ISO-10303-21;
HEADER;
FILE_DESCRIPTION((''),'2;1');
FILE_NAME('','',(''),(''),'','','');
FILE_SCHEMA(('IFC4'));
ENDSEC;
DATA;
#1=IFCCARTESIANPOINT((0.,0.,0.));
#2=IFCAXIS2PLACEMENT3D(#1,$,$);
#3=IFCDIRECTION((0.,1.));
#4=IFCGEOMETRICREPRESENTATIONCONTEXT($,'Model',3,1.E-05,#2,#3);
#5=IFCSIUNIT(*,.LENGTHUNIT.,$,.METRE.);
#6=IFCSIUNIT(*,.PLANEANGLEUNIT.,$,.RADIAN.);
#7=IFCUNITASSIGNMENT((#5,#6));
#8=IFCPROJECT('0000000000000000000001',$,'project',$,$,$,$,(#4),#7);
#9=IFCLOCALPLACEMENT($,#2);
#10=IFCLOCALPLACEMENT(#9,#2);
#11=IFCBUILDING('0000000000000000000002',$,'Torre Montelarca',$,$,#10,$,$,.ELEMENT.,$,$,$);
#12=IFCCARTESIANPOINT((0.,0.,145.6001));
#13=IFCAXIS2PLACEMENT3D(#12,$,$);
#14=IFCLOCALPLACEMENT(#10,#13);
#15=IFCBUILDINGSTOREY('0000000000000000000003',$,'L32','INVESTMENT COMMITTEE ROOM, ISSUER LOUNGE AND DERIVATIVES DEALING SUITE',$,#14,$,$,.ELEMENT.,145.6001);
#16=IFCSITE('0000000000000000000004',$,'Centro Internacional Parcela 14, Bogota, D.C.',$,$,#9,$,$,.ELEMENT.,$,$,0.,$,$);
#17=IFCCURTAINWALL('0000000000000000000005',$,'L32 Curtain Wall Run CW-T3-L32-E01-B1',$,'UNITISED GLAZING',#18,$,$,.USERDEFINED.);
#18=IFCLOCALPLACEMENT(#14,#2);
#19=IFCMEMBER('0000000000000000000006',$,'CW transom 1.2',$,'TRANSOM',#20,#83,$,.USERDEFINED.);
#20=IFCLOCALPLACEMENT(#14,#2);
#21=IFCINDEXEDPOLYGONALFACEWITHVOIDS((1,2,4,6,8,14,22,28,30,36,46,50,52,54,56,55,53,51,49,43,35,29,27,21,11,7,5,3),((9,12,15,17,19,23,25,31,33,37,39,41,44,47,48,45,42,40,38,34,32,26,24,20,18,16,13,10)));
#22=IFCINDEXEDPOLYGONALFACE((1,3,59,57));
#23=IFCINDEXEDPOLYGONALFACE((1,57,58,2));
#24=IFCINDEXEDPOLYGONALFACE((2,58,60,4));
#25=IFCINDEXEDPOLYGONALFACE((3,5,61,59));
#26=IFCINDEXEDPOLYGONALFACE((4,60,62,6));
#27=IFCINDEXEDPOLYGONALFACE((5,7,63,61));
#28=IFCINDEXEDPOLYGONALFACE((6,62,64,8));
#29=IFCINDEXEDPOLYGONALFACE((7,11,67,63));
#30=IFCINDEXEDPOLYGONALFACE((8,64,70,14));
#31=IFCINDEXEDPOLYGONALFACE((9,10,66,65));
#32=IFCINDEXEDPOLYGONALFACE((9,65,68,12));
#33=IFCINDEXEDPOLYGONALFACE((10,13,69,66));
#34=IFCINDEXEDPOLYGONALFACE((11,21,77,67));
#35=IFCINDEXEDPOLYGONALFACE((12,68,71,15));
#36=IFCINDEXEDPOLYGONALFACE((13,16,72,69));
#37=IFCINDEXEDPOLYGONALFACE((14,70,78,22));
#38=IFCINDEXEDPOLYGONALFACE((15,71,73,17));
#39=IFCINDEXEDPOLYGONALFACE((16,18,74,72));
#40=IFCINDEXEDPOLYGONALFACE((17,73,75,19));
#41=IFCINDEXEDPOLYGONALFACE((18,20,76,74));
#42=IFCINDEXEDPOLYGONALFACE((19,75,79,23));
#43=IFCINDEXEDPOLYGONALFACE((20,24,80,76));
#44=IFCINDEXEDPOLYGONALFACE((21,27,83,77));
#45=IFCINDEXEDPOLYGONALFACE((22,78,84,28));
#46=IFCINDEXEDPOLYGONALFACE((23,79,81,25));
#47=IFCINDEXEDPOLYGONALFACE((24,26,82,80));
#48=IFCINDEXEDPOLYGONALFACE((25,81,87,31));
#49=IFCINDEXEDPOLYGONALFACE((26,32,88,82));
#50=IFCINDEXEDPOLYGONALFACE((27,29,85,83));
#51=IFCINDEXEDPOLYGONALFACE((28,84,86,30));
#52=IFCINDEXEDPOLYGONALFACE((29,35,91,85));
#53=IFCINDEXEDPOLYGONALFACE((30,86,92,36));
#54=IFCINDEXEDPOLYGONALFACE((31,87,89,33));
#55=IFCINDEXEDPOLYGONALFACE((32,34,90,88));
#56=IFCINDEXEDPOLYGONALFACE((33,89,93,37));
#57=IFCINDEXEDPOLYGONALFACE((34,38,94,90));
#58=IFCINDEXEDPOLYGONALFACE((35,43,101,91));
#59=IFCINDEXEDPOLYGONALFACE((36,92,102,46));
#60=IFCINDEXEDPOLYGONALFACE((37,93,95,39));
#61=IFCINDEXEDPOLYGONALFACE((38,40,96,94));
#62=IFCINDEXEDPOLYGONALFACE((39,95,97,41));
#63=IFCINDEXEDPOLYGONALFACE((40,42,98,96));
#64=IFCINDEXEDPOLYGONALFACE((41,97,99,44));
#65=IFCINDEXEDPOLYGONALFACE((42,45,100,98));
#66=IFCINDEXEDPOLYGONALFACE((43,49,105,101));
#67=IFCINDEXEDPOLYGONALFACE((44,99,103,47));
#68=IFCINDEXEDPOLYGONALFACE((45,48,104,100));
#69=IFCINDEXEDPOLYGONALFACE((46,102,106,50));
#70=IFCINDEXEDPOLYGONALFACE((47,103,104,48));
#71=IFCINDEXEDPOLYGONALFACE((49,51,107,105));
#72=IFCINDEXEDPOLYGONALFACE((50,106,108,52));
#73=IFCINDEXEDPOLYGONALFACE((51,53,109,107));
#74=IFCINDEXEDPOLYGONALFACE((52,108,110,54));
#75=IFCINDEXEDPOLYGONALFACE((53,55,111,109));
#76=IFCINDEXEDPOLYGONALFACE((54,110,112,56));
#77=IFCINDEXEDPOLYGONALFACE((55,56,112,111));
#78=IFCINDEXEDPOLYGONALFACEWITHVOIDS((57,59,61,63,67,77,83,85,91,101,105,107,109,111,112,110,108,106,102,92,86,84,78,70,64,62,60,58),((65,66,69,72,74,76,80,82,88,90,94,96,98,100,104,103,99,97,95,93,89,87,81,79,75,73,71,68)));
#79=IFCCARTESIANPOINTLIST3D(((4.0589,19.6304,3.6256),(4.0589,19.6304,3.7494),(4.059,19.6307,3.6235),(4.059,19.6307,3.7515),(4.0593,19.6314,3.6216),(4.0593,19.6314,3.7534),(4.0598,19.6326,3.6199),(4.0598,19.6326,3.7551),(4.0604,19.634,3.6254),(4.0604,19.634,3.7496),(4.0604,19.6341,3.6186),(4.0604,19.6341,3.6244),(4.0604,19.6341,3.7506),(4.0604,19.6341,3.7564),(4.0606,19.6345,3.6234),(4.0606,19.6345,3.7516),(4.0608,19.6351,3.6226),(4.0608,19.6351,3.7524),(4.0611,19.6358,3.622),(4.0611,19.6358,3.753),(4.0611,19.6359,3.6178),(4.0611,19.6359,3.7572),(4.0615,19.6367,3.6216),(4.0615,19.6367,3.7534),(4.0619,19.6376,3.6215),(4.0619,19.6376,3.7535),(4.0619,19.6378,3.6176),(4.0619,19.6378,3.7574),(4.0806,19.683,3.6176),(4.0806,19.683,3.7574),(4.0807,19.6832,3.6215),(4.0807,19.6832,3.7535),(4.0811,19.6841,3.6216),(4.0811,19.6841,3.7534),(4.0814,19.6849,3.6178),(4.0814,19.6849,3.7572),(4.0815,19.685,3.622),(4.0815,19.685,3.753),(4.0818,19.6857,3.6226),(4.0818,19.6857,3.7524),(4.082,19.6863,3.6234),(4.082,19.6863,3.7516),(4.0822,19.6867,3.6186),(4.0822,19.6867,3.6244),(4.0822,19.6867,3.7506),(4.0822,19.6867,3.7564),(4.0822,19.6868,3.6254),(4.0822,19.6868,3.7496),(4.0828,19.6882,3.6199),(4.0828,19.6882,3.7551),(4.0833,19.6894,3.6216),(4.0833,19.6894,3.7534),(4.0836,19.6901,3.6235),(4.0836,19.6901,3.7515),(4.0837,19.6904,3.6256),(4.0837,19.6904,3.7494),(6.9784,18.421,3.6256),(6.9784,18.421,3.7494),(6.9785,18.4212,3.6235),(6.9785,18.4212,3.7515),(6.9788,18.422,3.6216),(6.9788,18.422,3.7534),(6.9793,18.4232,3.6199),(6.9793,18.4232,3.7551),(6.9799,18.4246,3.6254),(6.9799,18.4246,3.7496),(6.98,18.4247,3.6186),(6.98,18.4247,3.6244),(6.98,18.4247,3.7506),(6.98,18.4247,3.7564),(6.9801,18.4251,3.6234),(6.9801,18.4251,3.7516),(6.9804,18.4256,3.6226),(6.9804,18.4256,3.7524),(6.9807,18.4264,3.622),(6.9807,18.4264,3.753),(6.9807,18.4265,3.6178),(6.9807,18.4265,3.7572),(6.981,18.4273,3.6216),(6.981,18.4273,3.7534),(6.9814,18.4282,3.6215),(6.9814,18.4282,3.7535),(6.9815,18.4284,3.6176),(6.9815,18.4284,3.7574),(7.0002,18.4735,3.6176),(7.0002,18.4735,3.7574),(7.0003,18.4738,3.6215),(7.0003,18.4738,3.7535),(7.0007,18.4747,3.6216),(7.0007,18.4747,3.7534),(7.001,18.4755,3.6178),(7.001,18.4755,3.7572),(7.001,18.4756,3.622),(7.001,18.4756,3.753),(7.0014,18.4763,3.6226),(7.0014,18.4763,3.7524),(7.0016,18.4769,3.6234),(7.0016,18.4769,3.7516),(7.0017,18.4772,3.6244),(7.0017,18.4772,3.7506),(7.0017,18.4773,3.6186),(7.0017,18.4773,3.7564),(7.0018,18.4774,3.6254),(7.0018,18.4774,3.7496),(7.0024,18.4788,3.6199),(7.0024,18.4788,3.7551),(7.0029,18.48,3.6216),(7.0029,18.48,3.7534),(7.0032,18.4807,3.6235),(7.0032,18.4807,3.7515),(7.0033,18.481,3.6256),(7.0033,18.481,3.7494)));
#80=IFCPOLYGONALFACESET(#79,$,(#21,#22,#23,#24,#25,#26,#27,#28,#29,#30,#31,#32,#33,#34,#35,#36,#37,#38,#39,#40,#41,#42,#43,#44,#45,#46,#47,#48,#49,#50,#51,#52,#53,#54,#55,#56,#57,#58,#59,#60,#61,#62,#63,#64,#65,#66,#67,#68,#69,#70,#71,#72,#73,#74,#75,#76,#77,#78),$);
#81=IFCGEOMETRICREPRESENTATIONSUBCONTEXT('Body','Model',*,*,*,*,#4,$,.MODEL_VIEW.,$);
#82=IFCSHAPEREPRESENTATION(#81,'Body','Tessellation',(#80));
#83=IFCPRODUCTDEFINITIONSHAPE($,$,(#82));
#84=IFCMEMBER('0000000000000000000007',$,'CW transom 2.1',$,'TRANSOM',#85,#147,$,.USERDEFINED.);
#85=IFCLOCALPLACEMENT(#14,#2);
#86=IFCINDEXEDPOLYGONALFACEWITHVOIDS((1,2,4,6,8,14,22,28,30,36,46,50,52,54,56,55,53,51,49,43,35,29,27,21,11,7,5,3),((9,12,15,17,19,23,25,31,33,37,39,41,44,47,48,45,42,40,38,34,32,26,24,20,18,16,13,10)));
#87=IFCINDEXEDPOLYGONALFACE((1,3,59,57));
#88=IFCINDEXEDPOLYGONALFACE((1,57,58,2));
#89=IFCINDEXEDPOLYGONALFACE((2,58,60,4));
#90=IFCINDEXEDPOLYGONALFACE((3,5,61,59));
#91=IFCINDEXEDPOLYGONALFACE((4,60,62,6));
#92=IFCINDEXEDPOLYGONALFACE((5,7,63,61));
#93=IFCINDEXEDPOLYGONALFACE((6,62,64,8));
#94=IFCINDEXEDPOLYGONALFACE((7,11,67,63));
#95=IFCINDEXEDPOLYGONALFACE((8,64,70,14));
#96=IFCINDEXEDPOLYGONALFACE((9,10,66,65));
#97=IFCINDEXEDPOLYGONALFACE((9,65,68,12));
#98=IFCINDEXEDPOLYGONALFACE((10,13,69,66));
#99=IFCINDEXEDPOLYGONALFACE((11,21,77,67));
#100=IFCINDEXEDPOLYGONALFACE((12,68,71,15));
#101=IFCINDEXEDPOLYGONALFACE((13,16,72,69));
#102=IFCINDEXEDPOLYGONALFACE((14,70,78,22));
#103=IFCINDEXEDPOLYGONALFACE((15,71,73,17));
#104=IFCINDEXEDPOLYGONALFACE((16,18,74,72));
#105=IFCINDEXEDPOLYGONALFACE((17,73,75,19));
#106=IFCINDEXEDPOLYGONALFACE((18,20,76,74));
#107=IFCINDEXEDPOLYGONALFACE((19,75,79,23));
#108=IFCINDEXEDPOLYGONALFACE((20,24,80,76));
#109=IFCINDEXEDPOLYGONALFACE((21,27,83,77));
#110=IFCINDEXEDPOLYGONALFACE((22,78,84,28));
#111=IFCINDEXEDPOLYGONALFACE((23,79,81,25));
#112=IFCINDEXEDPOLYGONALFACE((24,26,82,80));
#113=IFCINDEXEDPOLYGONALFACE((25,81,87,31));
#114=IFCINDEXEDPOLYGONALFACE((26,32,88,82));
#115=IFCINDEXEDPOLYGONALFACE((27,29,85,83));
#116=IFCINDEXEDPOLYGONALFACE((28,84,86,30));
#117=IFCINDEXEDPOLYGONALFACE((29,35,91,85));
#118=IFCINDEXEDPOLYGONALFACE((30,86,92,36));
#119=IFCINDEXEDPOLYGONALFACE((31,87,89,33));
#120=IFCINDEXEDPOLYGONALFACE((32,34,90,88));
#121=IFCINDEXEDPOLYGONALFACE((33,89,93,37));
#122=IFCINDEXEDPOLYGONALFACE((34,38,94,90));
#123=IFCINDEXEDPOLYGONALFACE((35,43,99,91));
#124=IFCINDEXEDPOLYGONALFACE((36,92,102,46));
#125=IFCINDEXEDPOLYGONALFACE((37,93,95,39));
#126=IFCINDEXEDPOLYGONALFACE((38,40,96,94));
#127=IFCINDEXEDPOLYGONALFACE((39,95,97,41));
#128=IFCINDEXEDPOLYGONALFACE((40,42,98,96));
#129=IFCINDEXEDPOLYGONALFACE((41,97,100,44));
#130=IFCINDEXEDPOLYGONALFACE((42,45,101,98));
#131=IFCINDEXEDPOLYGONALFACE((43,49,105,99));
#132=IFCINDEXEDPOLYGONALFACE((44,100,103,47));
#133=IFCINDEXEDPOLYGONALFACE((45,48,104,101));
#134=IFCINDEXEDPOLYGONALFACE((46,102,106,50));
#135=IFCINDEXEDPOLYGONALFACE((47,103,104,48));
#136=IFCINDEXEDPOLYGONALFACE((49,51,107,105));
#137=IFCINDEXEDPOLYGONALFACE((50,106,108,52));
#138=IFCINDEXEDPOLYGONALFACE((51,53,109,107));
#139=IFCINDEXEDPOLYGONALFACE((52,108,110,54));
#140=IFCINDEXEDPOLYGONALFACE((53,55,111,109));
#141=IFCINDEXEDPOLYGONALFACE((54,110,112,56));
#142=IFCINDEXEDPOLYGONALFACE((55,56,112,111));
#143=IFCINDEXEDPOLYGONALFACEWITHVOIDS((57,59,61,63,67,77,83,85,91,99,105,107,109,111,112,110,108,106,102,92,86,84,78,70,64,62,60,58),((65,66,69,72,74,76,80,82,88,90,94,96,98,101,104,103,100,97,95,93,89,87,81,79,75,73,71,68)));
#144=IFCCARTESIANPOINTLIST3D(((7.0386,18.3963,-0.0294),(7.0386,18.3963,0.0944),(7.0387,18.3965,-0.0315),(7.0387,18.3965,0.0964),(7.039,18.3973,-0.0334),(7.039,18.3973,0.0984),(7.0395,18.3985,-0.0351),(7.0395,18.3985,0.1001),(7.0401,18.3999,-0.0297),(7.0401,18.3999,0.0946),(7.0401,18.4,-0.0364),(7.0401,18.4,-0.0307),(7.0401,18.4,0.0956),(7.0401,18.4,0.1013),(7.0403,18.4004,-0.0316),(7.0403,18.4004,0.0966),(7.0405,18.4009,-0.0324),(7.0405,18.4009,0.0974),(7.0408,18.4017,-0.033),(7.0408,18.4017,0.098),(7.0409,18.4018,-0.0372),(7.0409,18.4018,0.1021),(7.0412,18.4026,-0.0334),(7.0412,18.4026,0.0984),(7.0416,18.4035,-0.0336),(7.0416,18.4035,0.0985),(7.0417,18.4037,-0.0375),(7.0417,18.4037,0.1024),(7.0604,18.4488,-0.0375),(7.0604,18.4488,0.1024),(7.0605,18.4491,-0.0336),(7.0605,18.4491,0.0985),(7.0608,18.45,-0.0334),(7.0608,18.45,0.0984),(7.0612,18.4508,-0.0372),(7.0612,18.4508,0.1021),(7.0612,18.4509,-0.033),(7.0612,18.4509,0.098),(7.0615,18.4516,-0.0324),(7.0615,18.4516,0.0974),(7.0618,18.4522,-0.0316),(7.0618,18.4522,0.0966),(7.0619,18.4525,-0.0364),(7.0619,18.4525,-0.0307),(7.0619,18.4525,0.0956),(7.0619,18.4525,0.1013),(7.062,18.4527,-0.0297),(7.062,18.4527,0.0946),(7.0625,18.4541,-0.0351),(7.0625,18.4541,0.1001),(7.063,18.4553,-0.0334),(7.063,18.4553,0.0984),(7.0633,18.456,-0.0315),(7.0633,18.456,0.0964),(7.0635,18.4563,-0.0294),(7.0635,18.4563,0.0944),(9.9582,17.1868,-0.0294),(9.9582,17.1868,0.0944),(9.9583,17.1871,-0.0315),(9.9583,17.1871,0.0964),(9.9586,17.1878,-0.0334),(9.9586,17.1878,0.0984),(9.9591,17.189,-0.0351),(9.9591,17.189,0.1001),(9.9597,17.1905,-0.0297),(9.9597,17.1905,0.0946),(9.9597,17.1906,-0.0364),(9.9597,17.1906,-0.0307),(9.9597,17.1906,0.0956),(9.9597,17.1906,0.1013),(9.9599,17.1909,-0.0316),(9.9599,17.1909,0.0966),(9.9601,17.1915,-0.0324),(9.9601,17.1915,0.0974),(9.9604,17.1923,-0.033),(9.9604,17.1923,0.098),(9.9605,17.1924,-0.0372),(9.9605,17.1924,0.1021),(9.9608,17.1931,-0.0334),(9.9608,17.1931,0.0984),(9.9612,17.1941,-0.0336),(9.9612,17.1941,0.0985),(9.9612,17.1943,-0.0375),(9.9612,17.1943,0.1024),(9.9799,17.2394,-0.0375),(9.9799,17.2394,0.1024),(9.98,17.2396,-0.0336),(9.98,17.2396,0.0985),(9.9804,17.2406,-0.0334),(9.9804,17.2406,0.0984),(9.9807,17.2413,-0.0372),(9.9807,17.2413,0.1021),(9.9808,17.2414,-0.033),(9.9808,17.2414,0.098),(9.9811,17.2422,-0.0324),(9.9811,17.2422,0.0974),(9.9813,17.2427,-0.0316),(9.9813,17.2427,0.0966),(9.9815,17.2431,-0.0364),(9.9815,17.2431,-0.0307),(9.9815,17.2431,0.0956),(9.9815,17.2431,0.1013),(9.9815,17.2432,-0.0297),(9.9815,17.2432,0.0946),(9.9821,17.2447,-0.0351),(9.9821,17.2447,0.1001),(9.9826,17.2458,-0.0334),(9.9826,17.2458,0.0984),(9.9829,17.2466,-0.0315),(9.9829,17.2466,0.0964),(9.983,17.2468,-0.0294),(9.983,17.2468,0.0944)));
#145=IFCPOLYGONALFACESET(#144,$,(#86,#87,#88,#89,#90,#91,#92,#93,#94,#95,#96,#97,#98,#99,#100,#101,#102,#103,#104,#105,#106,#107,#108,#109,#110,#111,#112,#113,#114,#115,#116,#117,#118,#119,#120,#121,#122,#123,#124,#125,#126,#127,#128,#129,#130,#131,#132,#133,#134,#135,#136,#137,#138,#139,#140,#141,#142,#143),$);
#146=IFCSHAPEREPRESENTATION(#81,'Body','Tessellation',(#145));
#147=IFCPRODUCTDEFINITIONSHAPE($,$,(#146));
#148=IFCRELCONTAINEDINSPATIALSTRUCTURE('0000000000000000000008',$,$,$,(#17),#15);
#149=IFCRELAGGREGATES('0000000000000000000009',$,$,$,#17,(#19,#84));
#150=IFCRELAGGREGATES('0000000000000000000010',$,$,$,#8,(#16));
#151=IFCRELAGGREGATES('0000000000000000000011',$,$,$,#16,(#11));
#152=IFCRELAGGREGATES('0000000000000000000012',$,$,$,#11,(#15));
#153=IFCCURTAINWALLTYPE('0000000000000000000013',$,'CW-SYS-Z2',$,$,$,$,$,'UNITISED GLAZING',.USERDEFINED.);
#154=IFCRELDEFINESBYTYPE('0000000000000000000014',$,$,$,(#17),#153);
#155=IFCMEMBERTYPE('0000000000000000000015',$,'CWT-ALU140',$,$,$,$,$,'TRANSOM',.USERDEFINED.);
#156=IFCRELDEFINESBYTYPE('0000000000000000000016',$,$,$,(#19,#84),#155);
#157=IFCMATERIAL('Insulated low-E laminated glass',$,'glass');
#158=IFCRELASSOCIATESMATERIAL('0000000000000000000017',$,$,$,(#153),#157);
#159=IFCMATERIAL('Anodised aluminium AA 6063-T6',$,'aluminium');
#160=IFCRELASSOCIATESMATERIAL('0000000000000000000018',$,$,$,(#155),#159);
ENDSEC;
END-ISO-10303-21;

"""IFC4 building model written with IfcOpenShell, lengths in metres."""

from ifc_helpers import new_model, si_unit, direction, frame, origin, origin_2d, place, context, subcontext, project, spatial, hollow_rectangle, extrude, source, transform, mapped, material, material_profile, profile_set, type_object, element, aggregate, save


model = new_model("IFC4")

# Units and contexts
model_context = context("Model", 3, precision=1e-05, world=origin(), true_north=direction((0.0, 1.0)))
body_context = subcontext(model_context, "Body", "Model", "MODEL_VIEW")
ifc_project = project(units=[si_unit("LENGTHUNIT", "METRE"), si_unit("PLANEANGLEUNIT", "RADIAN")], contexts=[model_context])

# Site, building, storey
site_placement = place(None, origin())
site = spatial("IfcSite", under=ifc_project, at=site_placement, Name="Centro Internacional Parcela 14, Bogota, D.C.", CompositionType="ELEMENT", RefElevation=0.0)
building_placement = place(site_placement, origin())
building = spatial("IfcBuilding", under=site, at=building_placement, Name="Torre Montelarca", CompositionType="ELEMENT")
storey_placement = place(building_placement, frame((0.0, 0.0, 145.6001)))
storey = spatial("IfcBuildingStorey", under=building, at=storey_placement, Name="L32", Description="INVESTMENT COMMITTEE ROOM, ISSUER LOUNGE AND DERIVATIVES DEALING SUITE", CompositionType="ELEMENT", Elevation=145.6001)

# Curtain wall
ifc_material_1 = material(Name="Insulated low-E laminated glass", Category="glass")
curtain_wall_type = type_object("IfcCurtainWallType", Name="CW-SYS-Z2", ElementType="UNITISED GLAZING", PredefinedType="USERDEFINED", material=ifc_material_1)
curtain_wall_1_placement = place(storey_placement, origin())
curtain_wall_1 = element("IfcCurtainWall", 1, at=curtain_wall_1_placement, inside=storey, type_object=curtain_wall_type, Name="L32 Curtain Wall Run CW-T3-L32-E01-B1", ObjectType="UNITISED GLAZING", PredefinedType="USERDEFINED")
ifc_material_2 = material(Name="Anodised aluminium AA 6063-T6", Category="aluminium")
ifc_material_profile_1 = material_profile(ifc_material_2, hollow_rectangle(XDim=0.0649, YDim=0.1399, WallThickness=0.0039, InnerFilletRadius=0.0039, OuterFilletRadius=0.0081, at=origin_2d()), Name="ALU65X140X4", Category="aluminium")
ifc_profile_set_1 = profile_set([ifc_material_profile_1], Name="Anodised aluminium AA 6063-T6")
member_type_1 = type_object("IfcMemberType", Name="CWT-ALU140", ElementType="TRANSOM", PredefinedType="USERDEFINED", material=ifc_profile_set_1)

# Members
shared_shape_1 = source(origin(), body_context, "Body", "SweptSolid", [
    extrude(hollow_rectangle(XDim=0.0649, YDim=0.1399, WallThickness=0.0039, InnerFilletRadius=0.0039, OuterFilletRadius=0.0081, at=origin_2d()), origin(), (0.0, 0.0, 1.0), 3.1602),
])
member_1_placement = place(storey_placement, frame((4.0713, 19.6604, 3.6875), z_axis=(0.923868, -0.382711, 0.0), x_axis=(0.382711, 0.923868, 0.0)))
member_1 = element("IfcMember", 2, at=member_1_placement, type_object=member_type_1, Name="CW transom 1.2", ObjectType="TRANSOM", PredefinedType="USERDEFINED", context=body_context, shape_type="MappedRepresentation", body=[
    mapped(shared_shape_1, transform((0.0, 0.0, 0.0), scale=1.0)),
])
member_2_placement = place(storey_placement, frame((7.051, 18.4263, 0.0325), z_axis=(0.923868, -0.382711, 0.0), x_axis=(0.382711, 0.923868, 0.0)))
member_2 = element("IfcMember", 3, at=member_2_placement, type_object=member_type_1, Name="CW transom 2.1", ObjectType="TRANSOM", PredefinedType="USERDEFINED", context=body_context, shape_type="MappedRepresentation", body=[
    mapped(shared_shape_1, transform((0.0, 0.0, 0.0), scale=1.0)),
])

aggregate(curtain_wall_1, [member_1, member_2])

save(model, "model.ifc")
